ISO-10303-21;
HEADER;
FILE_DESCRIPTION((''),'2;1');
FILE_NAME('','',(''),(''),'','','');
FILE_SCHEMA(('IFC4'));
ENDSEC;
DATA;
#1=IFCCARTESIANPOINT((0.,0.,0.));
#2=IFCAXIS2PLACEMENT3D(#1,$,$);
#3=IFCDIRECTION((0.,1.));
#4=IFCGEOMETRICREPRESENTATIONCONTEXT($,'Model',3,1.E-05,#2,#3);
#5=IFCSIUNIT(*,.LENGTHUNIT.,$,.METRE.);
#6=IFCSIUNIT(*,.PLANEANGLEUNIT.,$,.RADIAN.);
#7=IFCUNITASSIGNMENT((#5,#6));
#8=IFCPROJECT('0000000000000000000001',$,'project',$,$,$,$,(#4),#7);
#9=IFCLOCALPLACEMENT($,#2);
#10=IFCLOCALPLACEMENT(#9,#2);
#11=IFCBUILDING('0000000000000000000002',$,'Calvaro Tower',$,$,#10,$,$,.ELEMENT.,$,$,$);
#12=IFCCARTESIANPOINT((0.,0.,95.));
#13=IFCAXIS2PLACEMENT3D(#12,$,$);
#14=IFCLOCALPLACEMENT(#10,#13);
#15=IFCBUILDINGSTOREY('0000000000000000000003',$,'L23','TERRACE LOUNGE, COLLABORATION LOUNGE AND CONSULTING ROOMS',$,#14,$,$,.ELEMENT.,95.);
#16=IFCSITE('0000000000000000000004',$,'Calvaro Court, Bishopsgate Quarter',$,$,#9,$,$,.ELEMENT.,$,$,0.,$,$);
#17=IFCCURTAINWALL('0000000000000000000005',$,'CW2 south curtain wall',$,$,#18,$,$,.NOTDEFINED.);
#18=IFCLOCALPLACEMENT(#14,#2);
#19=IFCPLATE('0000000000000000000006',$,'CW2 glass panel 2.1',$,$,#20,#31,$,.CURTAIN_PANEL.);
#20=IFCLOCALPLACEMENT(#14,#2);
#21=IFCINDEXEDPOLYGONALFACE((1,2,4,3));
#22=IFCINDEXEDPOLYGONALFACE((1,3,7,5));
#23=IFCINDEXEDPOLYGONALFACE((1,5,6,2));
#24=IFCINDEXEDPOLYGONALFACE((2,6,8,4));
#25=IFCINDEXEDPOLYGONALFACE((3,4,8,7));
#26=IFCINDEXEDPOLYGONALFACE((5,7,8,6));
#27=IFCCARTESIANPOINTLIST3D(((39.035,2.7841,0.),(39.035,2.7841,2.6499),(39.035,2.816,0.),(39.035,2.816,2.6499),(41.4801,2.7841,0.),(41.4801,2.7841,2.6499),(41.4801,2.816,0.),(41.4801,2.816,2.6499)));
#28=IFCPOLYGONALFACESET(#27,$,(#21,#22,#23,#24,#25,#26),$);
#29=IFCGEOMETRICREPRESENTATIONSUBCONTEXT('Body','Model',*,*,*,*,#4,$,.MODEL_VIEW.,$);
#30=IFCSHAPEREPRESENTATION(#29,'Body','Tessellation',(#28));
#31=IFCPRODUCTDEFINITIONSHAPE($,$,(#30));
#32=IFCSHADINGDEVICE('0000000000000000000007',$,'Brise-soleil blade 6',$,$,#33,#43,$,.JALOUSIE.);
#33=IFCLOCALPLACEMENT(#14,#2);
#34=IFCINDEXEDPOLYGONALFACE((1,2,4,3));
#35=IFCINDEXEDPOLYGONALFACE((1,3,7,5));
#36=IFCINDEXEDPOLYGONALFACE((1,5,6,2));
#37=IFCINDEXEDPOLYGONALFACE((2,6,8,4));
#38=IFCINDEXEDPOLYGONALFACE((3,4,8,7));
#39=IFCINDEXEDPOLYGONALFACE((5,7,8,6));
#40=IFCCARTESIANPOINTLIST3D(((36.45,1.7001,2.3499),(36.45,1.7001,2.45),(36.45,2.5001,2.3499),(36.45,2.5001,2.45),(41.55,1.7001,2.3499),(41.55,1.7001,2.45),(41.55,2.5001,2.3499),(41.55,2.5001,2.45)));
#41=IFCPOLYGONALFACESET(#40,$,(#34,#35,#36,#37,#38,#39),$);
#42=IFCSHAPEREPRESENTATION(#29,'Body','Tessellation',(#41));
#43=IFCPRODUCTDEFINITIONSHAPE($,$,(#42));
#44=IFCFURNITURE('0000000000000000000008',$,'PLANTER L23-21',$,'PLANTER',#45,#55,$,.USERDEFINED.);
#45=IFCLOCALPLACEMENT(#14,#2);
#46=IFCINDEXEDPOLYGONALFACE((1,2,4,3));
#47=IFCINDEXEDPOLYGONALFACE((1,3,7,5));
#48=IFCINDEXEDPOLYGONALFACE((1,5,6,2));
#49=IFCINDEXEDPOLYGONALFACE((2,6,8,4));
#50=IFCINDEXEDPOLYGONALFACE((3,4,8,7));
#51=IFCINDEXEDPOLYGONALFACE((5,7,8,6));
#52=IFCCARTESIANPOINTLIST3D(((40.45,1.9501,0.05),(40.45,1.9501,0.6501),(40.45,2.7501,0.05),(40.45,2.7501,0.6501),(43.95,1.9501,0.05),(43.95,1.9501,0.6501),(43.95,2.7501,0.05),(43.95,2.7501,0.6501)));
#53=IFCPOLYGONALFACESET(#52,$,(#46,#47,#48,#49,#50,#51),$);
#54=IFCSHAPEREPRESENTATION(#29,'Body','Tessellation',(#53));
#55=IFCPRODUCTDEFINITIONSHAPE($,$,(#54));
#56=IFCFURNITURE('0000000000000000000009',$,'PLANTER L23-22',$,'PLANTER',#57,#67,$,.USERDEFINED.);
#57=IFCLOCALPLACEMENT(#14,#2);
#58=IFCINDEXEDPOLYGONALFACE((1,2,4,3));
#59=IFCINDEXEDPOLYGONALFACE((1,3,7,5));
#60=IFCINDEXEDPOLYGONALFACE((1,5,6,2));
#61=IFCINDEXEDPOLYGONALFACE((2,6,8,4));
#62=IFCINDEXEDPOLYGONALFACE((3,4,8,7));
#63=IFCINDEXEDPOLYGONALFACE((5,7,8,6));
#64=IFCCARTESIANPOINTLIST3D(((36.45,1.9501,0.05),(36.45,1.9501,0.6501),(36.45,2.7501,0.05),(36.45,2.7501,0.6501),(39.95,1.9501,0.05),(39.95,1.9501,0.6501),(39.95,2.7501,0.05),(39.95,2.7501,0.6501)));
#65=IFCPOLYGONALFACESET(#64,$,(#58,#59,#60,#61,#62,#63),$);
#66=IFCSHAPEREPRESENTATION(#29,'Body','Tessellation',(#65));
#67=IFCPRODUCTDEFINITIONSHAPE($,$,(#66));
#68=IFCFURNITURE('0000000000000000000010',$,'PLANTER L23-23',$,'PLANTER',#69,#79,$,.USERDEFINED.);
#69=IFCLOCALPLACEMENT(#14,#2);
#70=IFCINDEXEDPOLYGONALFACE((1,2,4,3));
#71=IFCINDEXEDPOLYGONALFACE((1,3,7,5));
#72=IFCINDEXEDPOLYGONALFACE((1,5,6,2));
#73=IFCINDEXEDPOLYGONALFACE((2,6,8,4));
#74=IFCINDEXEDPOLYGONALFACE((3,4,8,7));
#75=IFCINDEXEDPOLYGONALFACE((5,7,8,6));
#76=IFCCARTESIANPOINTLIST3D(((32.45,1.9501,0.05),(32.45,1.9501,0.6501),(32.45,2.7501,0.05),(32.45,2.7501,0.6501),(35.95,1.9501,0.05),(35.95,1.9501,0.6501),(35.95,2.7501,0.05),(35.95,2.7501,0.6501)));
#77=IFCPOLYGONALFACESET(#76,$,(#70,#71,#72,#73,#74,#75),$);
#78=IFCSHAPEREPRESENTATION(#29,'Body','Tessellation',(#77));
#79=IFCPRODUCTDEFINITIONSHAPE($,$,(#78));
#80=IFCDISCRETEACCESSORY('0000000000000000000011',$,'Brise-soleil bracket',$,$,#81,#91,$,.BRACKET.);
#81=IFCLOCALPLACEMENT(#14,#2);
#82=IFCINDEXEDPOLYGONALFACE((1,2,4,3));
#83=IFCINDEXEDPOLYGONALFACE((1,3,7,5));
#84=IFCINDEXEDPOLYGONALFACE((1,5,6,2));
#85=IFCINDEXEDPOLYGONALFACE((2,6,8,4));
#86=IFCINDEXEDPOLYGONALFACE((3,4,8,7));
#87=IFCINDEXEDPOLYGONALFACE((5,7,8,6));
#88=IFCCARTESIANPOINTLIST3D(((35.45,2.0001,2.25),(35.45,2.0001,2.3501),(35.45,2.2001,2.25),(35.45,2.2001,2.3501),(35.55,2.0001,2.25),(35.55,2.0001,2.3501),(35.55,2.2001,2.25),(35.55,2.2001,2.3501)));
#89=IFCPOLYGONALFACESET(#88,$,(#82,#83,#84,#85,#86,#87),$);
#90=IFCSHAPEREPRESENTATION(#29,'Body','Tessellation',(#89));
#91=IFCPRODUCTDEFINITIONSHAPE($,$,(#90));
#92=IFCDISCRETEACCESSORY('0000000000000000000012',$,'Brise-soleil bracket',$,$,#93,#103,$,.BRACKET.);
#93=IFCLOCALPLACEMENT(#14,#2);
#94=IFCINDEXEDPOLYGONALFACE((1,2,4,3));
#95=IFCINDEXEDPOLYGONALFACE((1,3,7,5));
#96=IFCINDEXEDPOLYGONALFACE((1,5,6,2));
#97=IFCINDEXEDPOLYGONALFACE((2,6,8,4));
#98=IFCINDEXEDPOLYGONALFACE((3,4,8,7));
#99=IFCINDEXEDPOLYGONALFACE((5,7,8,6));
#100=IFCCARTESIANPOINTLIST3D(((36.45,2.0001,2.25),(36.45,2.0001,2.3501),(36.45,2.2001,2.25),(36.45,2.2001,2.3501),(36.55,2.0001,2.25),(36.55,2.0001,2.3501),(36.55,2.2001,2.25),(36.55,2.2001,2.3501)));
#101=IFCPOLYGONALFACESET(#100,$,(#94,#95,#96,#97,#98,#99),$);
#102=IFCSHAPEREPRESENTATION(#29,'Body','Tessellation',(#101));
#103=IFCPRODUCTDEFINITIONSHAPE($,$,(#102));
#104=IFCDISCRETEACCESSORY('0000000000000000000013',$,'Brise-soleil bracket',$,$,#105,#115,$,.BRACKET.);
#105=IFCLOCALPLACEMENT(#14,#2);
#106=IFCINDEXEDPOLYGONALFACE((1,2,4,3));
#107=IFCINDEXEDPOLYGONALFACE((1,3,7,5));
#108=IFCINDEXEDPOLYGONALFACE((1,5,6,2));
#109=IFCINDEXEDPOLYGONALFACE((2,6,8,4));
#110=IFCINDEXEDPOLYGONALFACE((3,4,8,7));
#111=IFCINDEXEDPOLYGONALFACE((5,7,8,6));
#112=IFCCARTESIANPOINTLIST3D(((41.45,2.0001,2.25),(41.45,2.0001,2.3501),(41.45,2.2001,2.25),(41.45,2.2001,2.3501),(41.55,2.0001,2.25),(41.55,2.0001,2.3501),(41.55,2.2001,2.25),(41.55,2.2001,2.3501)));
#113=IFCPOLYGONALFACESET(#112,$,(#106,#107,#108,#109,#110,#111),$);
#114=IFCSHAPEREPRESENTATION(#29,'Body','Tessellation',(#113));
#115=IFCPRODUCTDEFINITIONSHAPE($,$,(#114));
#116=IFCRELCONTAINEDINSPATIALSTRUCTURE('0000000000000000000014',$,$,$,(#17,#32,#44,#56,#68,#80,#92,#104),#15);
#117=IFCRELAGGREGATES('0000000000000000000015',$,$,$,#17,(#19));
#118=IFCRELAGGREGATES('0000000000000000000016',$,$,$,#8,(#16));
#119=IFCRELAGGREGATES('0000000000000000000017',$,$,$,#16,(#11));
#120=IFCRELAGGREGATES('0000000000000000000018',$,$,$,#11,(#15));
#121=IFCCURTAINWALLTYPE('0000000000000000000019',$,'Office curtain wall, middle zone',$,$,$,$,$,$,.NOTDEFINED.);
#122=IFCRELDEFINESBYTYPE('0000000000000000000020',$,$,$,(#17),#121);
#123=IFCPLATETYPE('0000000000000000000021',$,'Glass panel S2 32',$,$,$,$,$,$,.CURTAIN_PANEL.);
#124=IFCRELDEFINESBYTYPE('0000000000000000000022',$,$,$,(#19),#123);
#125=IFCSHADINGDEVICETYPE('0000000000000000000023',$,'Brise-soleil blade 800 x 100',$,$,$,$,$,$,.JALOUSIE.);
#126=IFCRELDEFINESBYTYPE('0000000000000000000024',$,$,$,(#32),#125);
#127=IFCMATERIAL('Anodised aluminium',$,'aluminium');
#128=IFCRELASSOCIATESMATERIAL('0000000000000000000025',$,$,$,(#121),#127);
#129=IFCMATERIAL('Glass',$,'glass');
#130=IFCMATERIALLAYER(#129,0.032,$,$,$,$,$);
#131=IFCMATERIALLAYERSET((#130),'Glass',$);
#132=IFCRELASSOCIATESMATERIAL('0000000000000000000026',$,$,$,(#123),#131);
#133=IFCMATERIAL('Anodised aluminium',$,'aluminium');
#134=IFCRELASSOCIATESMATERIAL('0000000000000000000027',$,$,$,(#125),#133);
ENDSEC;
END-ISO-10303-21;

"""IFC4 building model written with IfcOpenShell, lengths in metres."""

from ifc_helpers import new_model, si_unit, direction, frame, origin, origin_2d, place, context, subcontext, project, spatial, rectangle, extrude, material, layer, layer_set, material_profile, profile_set, type_object, element, aggregate, save


model = new_model("IFC4")

# Units and contexts
model_context = context("Model", 3, precision=1e-05, world=origin(), true_north=direction((0.0, 1.0)))
body_context = subcontext(model_context, "Body", "Model", "MODEL_VIEW")
ifc_project = project(units=[si_unit("LENGTHUNIT", "METRE"), si_unit("PLANEANGLEUNIT", "RADIAN")], contexts=[model_context])

# Site, building, storey
site_placement = place(None, origin())
site = spatial("IfcSite", under=ifc_project, at=site_placement, Name="Calvaro Court, Bishopsgate Quarter", CompositionType="ELEMENT", RefElevation=0.0)
building_placement = place(site_placement, origin())
building = spatial("IfcBuilding", under=site, at=building_placement, Name="Calvaro Tower", CompositionType="ELEMENT")
storey_placement = place(building_placement, frame((0.0, 0.0, 95.0)))
storey = spatial("IfcBuildingStorey", under=building, at=storey_placement, Name="L23", Description="TERRACE LOUNGE, COLLABORATION LOUNGE AND CONSULTING ROOMS", CompositionType="ELEMENT", Elevation=95.0)

# Curtain wall
ifc_material_1 = material(Name="Anodised aluminium", Category="aluminium")
curtain_wall_type = type_object("IfcCurtainWallType", Name="Office curtain wall, middle zone", PredefinedType="NOTDEFINED", material=ifc_material_1)
curtain_wall_1_placement = place(storey_placement, origin())
curtain_wall_1 = element("IfcCurtainWall", 1, at=curtain_wall_1_placement, inside=storey, type_object=curtain_wall_type, Name="CW2 south curtain wall", PredefinedType="NOTDEFINED")

# Plate
ifc_material_2 = material(Name="Glass", Category="glass")
ifc_layer = layer(ifc_material_2, 0.032)
ifc_layer_set = layer_set([ifc_layer], Name="Glass")
plate_type = type_object("IfcPlateType", Name="Glass panel S2 32", PredefinedType="CURTAIN_PANEL", material=ifc_layer_set)
plate_1_placement = place(storey_placement, frame((40.2576, 2.8, 0.0), z_axis=(0.0, 0.0, 1.0), x_axis=(1.0, 0.0, 0.0)))
plate_1 = element("IfcPlate", 2, at=plate_1_placement, type_object=plate_type, Name="CW2 glass panel 2.1", PredefinedType="CURTAIN_PANEL", context=body_context, shape_type="SweptSolid", body=[
    extrude(rectangle(XDim=2.4451, YDim=0.032, at=origin_2d()), origin(), (0.0, 0.0, 1.0), 2.6499),
])
aggregate(curtain_wall_1, [plate_1])

# Shading device
ifc_material_3 = material(Name="Anodised aluminium", Category="aluminium")
ifc_material_profile_1 = material_profile(ifc_material_3, rectangle(XDim=0.8, YDim=0.1001, at=origin_2d()), Name="Brise-soleil blade 800 x 100")
ifc_profile_set_1 = profile_set([ifc_material_profile_1], Name="Anodised aluminium")
shading_device_type = type_object("IfcShadingDeviceType", Name="Brise-soleil blade 800 x 100", PredefinedType="JALOUSIE", material=ifc_profile_set_1)
shading_device_placement = place(storey_placement, frame((36.45, 2.1001, 2.3999), z_axis=(1.0, 0.0, 0.0), x_axis=(0.0, 1.0, 0.0)))
element("IfcShadingDevice", 3, at=shading_device_placement, inside=storey, type_object=shading_device_type, Name="Brise-soleil blade 6", PredefinedType="JALOUSIE", context=body_context, shape_type="SweptSolid", body=[
    extrude(rectangle(XDim=0.8, YDim=0.1001, at=origin_2d()), origin(), (0.0, 0.0, 1.0), 5.1001),
])

# Furniture
for number, where, z_axis, x_axis, name in (
    (4, (42.2, 2.3501, 0.05), (0.0, 0.0, 1.0), (1.0, 0.0, 0.0), "PLANTER L23-21"),
    (5, (38.2, 2.3501, 0.05), (0.0, 0.0, 1.0), (1.0, 0.0, 0.0), "PLANTER L23-22"),
    (6, (34.2, 2.3501, 0.05), (0.0, 0.0, 1.0), (1.0, 0.0, 0.0), "PLANTER L23-23"),
):
    element("IfcFurniture", number, at=place(storey_placement, frame(where, z_axis=z_axis, x_axis=x_axis)), inside=storey, Name=name, ObjectType="PLANTER", PredefinedType="USERDEFINED", context=body_context, shape_type="SweptSolid", body=[
        extrude(rectangle(XDim=3.5, YDim=0.8, at=origin_2d()), origin(), (0.0, 0.0, 1.0), 0.6001),
    ])

# Discrete accessories
for number, where, z_axis, x_axis, name in (
    (7, (35.5, 2.1001, 2.25), (0.0, 0.0, 1.0), (1.0, 0.0, 0.0), "Brise-soleil bracket"),
    (8, (36.5, 2.1001, 2.25), (0.0, 0.0, 1.0), (1.0, 0.0, 0.0), "Brise-soleil bracket"),
    (9, (41.5, 2.1001, 2.25), (0.0, 0.0, 1.0), (1.0, 0.0, 0.0), "Brise-soleil bracket"),
):
    element("IfcDiscreteAccessory", number, at=place(storey_placement, frame(where, z_axis=z_axis, x_axis=x_axis)), inside=storey, Name=name, PredefinedType="BRACKET", context=body_context, shape_type="SweptSolid", body=[
        extrude(rectangle(XDim=0.1001, YDim=0.2, at=origin_2d()), origin(), (0.0, 0.0, 1.0), 0.1001),
    ])

save(model, "model.ifc")
